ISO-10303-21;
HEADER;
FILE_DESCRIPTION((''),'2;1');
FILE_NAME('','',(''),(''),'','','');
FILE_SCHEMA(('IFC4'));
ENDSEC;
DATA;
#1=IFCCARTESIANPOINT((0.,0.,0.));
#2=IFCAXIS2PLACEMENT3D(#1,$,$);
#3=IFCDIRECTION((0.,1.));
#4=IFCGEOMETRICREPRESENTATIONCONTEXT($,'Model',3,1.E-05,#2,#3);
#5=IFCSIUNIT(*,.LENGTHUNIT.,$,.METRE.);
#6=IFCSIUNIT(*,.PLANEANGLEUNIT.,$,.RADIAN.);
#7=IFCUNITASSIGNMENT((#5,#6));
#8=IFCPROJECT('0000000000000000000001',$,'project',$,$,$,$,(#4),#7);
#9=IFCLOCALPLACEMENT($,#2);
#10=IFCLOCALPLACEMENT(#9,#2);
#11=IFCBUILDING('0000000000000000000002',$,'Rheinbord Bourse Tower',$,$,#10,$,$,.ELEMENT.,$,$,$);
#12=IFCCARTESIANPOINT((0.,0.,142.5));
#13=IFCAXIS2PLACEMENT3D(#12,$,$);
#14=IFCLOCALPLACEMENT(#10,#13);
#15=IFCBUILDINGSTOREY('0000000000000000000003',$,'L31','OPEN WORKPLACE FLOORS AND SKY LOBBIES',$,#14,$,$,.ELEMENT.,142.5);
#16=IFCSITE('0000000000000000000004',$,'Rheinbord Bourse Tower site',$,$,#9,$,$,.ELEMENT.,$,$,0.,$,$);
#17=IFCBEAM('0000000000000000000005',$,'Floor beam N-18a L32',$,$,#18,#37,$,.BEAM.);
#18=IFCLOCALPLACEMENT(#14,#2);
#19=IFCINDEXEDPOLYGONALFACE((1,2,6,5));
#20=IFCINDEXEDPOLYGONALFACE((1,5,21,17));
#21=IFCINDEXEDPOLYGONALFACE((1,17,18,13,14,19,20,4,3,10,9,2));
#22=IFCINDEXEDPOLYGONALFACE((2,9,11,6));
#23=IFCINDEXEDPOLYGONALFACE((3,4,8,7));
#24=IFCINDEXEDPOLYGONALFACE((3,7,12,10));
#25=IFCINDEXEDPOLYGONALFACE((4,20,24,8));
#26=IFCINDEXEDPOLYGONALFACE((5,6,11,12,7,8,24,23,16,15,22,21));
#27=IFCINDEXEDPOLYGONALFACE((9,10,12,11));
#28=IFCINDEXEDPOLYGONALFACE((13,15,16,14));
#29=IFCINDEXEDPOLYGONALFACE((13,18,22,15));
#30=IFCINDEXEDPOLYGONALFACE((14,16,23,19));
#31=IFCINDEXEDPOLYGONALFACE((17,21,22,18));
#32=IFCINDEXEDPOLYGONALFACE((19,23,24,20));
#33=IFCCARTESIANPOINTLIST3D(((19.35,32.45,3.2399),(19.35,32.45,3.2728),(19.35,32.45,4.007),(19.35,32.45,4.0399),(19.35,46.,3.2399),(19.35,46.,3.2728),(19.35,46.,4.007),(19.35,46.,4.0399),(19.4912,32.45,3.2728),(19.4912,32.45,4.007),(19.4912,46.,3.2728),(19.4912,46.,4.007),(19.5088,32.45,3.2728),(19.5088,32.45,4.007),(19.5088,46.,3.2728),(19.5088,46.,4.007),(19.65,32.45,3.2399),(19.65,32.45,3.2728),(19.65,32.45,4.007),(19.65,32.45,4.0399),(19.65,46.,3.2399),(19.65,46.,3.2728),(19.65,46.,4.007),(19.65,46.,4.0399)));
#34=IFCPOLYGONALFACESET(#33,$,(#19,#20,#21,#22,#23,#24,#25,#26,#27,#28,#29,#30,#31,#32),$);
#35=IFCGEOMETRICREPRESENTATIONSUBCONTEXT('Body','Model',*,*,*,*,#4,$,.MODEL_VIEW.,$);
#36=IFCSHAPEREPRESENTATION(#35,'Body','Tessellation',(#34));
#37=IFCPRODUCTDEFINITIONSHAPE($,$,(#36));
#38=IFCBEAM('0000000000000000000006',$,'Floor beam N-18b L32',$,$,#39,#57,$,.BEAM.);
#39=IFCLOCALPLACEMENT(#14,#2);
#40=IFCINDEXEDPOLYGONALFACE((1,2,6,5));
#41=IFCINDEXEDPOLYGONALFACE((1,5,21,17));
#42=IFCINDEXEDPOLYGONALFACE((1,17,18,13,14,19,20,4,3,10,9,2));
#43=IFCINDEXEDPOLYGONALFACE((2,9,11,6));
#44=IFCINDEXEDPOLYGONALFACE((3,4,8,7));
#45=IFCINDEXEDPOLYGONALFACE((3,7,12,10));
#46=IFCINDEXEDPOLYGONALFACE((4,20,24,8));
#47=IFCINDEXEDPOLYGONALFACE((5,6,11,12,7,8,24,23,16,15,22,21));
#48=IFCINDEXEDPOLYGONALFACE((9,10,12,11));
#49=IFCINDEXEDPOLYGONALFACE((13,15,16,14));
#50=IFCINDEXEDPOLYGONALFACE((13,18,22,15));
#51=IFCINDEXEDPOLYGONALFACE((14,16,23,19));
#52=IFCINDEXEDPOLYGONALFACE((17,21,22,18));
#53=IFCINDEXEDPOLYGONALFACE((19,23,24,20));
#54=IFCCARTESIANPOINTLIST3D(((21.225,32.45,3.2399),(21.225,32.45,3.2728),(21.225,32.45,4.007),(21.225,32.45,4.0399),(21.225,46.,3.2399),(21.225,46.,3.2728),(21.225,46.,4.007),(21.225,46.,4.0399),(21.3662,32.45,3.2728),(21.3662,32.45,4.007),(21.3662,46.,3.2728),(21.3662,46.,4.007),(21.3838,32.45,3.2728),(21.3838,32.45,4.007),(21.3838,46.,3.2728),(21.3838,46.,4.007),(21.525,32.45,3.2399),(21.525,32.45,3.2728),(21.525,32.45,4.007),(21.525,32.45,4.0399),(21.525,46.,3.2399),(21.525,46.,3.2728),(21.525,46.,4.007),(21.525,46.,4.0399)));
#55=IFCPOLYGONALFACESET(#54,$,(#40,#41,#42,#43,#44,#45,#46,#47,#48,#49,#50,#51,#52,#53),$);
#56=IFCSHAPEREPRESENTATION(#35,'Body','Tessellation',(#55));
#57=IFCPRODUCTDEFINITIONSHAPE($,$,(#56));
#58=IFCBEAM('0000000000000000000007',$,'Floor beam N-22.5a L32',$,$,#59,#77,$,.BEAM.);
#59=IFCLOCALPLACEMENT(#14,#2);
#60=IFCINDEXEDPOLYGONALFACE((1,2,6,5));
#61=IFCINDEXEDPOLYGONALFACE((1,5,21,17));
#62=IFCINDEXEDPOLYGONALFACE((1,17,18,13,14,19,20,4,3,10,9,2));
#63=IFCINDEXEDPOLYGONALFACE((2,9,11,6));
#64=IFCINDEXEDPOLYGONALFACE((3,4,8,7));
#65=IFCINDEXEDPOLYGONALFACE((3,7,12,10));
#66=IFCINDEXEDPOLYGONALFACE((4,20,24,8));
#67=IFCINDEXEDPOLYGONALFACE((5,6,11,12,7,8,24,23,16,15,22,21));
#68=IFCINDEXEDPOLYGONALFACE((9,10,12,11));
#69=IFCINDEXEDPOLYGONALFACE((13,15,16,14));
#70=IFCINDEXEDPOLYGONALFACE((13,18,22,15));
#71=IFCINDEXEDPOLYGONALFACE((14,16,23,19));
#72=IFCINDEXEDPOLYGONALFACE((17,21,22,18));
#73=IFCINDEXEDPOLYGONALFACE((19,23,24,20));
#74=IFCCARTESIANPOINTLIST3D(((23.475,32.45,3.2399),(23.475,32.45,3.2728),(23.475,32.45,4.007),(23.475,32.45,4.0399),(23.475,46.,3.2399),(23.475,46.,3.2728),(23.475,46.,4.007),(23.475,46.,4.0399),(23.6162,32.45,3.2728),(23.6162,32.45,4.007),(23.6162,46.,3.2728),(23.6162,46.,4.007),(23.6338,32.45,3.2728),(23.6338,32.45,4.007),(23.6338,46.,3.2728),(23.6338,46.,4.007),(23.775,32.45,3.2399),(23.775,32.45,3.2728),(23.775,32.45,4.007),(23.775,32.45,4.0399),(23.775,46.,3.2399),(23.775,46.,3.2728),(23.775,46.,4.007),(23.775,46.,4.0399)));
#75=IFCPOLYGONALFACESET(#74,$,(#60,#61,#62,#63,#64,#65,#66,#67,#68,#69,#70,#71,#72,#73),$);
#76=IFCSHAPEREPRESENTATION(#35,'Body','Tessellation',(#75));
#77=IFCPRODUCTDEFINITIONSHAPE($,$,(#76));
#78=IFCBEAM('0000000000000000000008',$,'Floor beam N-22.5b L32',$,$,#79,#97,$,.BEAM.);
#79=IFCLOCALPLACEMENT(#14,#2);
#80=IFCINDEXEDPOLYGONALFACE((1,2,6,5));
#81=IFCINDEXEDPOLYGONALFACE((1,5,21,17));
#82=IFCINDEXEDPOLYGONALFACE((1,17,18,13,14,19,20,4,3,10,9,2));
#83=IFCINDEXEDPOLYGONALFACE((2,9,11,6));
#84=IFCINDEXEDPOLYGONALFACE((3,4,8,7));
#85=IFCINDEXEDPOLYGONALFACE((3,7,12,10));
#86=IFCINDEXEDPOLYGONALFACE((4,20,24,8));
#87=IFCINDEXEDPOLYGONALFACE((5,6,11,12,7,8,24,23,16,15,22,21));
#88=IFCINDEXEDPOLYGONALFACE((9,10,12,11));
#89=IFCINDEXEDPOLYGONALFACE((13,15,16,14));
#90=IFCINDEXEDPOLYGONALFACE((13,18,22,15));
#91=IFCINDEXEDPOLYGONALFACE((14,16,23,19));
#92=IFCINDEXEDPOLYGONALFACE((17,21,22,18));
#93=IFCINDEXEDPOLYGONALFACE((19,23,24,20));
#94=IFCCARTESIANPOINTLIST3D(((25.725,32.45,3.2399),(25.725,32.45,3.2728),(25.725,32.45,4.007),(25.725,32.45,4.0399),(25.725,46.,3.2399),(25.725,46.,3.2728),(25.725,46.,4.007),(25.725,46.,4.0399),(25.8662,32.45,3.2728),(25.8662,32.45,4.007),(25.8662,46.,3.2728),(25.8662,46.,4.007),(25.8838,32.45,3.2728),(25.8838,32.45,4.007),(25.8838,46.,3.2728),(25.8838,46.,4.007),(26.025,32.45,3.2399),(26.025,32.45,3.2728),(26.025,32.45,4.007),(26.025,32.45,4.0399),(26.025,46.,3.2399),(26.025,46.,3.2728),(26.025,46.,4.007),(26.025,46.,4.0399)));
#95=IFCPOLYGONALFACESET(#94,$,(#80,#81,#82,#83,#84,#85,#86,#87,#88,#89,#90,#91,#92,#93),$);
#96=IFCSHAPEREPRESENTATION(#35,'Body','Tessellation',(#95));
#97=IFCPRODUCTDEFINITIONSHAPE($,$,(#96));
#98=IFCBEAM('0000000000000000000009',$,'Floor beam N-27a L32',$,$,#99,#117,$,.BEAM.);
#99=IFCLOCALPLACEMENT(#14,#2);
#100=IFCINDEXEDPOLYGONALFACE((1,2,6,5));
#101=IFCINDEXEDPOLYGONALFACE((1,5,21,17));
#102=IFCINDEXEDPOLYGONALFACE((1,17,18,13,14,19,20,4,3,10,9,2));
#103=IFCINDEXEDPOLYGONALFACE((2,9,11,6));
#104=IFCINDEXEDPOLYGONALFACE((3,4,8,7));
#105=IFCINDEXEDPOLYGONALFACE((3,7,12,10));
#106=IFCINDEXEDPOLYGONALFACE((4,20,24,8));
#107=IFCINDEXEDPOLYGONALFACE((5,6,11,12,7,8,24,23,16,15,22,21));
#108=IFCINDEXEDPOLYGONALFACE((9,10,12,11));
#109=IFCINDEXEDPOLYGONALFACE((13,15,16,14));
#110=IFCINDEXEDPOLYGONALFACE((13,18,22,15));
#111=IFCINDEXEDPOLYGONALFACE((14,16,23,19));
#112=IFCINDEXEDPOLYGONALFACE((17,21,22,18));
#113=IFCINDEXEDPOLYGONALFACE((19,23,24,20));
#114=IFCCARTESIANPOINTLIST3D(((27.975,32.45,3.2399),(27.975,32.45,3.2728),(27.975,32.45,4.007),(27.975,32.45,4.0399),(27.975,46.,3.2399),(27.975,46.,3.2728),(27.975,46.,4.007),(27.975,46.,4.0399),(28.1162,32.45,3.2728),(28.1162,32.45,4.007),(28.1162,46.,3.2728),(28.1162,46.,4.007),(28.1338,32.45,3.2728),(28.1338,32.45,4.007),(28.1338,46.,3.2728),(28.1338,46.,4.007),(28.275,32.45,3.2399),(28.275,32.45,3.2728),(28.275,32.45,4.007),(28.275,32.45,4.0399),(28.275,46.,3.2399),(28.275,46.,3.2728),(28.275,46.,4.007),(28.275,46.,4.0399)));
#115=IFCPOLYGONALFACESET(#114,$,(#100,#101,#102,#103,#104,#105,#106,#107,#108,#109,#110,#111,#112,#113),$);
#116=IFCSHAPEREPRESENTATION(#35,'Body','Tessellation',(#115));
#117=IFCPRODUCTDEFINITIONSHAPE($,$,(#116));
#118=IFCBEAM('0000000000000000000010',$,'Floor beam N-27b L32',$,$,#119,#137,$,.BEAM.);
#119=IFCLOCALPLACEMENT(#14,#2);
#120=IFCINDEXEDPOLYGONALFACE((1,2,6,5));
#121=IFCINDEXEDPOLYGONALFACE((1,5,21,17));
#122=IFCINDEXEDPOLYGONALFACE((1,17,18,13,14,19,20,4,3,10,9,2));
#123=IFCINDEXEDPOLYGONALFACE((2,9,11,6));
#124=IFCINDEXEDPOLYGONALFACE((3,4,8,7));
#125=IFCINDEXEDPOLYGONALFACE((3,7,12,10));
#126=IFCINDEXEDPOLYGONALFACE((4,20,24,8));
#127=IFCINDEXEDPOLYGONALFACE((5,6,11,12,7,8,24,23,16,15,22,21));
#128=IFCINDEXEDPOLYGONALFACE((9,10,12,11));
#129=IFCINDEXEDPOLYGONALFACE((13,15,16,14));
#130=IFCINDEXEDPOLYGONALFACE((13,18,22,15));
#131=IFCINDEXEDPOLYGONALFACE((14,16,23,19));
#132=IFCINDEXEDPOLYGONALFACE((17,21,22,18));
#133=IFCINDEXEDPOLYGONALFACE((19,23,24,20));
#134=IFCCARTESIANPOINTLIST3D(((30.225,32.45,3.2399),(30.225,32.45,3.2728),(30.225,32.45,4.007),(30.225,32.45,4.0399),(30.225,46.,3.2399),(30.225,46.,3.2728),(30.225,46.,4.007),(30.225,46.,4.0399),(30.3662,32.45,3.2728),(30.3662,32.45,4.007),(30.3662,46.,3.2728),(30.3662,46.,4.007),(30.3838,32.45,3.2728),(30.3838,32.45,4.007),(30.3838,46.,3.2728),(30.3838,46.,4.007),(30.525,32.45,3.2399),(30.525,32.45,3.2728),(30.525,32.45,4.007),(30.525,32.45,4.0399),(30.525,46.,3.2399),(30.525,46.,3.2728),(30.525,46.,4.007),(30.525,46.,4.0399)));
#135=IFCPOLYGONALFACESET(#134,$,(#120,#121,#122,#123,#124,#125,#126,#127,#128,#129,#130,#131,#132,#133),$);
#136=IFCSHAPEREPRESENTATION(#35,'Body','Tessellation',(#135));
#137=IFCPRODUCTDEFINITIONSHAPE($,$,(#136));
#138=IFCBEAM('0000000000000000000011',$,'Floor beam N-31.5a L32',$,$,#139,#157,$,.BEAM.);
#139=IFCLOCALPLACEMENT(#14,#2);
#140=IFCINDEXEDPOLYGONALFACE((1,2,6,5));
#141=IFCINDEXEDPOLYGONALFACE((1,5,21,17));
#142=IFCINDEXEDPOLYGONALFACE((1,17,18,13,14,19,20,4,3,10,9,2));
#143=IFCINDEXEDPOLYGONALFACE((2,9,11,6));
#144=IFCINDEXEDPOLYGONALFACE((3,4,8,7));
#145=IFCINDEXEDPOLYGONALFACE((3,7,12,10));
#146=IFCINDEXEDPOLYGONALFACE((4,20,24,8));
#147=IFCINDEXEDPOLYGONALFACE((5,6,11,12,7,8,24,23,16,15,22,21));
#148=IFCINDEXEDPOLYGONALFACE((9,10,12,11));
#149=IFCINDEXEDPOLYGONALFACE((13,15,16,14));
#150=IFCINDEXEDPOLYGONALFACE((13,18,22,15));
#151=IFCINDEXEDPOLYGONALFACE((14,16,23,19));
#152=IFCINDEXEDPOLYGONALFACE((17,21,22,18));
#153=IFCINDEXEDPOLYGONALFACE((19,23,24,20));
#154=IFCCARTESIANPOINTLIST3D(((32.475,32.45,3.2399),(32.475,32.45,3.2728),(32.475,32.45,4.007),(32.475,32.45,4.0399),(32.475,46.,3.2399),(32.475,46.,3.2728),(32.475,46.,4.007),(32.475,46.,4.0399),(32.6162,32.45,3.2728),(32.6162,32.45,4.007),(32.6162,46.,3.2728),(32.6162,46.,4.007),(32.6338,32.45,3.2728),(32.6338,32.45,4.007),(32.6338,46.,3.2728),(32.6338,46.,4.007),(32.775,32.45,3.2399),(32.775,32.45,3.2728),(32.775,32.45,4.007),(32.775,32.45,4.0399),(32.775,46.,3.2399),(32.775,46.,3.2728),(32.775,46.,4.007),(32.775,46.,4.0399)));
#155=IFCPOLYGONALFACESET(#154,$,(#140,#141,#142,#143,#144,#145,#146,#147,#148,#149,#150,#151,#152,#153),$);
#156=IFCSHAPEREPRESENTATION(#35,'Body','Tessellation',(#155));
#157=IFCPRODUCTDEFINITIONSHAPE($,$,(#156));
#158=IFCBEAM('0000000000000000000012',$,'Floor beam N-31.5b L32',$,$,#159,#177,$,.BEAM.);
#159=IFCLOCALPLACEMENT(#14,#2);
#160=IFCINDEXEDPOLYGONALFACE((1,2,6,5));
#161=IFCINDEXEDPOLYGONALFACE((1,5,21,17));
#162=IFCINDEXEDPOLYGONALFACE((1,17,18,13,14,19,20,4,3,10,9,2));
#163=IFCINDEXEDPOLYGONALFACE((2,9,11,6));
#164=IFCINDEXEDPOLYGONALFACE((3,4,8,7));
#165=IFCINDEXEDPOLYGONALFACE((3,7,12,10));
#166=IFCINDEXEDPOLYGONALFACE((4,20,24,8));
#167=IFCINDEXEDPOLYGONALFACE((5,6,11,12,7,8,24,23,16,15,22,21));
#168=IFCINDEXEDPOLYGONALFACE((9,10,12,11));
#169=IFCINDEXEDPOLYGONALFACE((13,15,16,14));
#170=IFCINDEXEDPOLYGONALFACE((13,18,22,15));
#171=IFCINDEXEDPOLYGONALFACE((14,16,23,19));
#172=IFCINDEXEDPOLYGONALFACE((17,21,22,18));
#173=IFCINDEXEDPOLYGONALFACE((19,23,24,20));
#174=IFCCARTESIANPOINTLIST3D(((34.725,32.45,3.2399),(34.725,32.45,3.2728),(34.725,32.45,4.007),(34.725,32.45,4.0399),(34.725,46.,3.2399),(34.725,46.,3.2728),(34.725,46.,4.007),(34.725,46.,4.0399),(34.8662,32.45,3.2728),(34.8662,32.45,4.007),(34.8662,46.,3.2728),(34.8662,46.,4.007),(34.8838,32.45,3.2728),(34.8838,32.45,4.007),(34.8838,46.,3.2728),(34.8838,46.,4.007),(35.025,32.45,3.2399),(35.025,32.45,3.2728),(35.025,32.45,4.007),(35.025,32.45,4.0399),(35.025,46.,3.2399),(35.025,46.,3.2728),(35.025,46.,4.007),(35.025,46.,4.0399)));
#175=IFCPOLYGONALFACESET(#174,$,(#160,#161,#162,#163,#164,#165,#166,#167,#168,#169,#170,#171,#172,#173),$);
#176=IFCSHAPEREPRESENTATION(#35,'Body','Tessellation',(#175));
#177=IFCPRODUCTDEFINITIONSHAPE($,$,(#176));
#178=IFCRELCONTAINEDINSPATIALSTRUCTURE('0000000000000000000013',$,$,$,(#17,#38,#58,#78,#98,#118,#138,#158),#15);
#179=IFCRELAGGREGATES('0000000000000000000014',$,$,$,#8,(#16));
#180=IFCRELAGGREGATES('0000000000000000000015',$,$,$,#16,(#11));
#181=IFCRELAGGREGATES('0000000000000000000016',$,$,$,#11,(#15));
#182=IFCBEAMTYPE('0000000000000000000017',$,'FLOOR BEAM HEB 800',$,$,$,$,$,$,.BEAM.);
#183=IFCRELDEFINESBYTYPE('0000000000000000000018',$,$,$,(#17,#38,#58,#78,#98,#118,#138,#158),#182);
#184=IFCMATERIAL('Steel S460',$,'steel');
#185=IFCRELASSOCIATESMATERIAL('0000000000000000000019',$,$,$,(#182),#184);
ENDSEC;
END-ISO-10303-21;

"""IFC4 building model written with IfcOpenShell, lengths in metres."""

from ifc_helpers import new_model, si_unit, direction, frame, origin, origin_2d, place, context, subcontext, project, spatial, i_section, extrude, material, material_profile, profile_set, type_object, element, save


model = new_model("IFC4")

# Units and contexts
model_context = context("Model", 3, precision=1e-05, world=origin(), true_north=direction((0.0, 1.0)))
body_context = subcontext(model_context, "Body", "Model", "MODEL_VIEW")
ifc_project = project(units=[si_unit("LENGTHUNIT", "METRE"), si_unit("PLANEANGLEUNIT", "RADIAN")], contexts=[model_context])

# Site, building, storey
site_placement = place(None, origin())
site = spatial("IfcSite", under=ifc_project, at=site_placement, Name="Rheinbord Bourse Tower site", CompositionType="ELEMENT", RefElevation=0.0)
building_placement = place(site_placement, origin())
building = spatial("IfcBuilding", under=site, at=building_placement, Name="Rheinbord Bourse Tower", CompositionType="ELEMENT")
storey_placement = place(building_placement, frame((0.0, 0.0, 142.5)))
storey = spatial("IfcBuildingStorey", under=building, at=storey_placement, Name="L31", Description="OPEN WORKPLACE FLOORS AND SKY LOBBIES", CompositionType="ELEMENT", Elevation=142.5)

# Beams
ifc_material_1 = material(Name="Steel S460", Category="steel")
ifc_material_profile_1 = material_profile(ifc_material_1, i_section(OverallWidth=0.3, OverallDepth=0.8, WebThickness=0.0176, FlangeThickness=0.033, at=origin_2d()), Name="HEB 800")
ifc_profile_set_1 = profile_set([ifc_material_profile_1], Name="Steel S460")
beam_type_1 = type_object("IfcBeamType", Name="FLOOR BEAM HEB 800", PredefinedType="BEAM", material=ifc_profile_set_1)
for number, where, z_axis, x_axis, name in (
    (1, (19.5, 46.0, 3.6399), (0.0, -1.0, 0.0), (1.0, 0.0, 0.0), "Floor beam N-18a L32"),
    (2, (21.375, 46.0, 3.6399), (0.0, -1.0, 0.0), (1.0, 0.0, 0.0), "Floor beam N-18b L32"),
    (3, (23.625, 46.0, 3.6399), (0.0, -1.0, 0.0), (1.0, 0.0, 0.0), "Floor beam N-22.5a L32"),
    (4, (25.875, 46.0, 3.6399), (0.0, -1.0, 0.0), (1.0, 0.0, 0.0), "Floor beam N-22.5b L32"),
    (5, (28.125, 46.0, 3.6399), (0.0, -1.0, 0.0), (1.0, 0.0, 0.0), "Floor beam N-27a L32"),
    (6, (30.375, 46.0, 3.6399), (0.0, -1.0, 0.0), (1.0, 0.0, 0.0), "Floor beam N-27b L32"),
    (7, (32.625, 46.0, 3.6399), (0.0, -1.0, 0.0), (1.0, 0.0, 0.0), "Floor beam N-31.5a L32"),
    (8, (34.875, 46.0, 3.6399), (0.0, -1.0, 0.0), (1.0, 0.0, 0.0), "Floor beam N-31.5b L32"),
):
    element("IfcBeam", number, at=place(storey_placement, frame(where, z_axis=z_axis, x_axis=x_axis)), inside=storey, type_object=beam_type_1, Name=name, PredefinedType="BEAM", context=body_context, shape_type="SweptSolid", body=[
        extrude(i_section(OverallWidth=0.3, OverallDepth=0.8, WebThickness=0.0176, FlangeThickness=0.033, at=origin_2d()), origin(), (0.0, 0.0, 1.0), 13.55),
    ])

save(model, "model.ifc")
